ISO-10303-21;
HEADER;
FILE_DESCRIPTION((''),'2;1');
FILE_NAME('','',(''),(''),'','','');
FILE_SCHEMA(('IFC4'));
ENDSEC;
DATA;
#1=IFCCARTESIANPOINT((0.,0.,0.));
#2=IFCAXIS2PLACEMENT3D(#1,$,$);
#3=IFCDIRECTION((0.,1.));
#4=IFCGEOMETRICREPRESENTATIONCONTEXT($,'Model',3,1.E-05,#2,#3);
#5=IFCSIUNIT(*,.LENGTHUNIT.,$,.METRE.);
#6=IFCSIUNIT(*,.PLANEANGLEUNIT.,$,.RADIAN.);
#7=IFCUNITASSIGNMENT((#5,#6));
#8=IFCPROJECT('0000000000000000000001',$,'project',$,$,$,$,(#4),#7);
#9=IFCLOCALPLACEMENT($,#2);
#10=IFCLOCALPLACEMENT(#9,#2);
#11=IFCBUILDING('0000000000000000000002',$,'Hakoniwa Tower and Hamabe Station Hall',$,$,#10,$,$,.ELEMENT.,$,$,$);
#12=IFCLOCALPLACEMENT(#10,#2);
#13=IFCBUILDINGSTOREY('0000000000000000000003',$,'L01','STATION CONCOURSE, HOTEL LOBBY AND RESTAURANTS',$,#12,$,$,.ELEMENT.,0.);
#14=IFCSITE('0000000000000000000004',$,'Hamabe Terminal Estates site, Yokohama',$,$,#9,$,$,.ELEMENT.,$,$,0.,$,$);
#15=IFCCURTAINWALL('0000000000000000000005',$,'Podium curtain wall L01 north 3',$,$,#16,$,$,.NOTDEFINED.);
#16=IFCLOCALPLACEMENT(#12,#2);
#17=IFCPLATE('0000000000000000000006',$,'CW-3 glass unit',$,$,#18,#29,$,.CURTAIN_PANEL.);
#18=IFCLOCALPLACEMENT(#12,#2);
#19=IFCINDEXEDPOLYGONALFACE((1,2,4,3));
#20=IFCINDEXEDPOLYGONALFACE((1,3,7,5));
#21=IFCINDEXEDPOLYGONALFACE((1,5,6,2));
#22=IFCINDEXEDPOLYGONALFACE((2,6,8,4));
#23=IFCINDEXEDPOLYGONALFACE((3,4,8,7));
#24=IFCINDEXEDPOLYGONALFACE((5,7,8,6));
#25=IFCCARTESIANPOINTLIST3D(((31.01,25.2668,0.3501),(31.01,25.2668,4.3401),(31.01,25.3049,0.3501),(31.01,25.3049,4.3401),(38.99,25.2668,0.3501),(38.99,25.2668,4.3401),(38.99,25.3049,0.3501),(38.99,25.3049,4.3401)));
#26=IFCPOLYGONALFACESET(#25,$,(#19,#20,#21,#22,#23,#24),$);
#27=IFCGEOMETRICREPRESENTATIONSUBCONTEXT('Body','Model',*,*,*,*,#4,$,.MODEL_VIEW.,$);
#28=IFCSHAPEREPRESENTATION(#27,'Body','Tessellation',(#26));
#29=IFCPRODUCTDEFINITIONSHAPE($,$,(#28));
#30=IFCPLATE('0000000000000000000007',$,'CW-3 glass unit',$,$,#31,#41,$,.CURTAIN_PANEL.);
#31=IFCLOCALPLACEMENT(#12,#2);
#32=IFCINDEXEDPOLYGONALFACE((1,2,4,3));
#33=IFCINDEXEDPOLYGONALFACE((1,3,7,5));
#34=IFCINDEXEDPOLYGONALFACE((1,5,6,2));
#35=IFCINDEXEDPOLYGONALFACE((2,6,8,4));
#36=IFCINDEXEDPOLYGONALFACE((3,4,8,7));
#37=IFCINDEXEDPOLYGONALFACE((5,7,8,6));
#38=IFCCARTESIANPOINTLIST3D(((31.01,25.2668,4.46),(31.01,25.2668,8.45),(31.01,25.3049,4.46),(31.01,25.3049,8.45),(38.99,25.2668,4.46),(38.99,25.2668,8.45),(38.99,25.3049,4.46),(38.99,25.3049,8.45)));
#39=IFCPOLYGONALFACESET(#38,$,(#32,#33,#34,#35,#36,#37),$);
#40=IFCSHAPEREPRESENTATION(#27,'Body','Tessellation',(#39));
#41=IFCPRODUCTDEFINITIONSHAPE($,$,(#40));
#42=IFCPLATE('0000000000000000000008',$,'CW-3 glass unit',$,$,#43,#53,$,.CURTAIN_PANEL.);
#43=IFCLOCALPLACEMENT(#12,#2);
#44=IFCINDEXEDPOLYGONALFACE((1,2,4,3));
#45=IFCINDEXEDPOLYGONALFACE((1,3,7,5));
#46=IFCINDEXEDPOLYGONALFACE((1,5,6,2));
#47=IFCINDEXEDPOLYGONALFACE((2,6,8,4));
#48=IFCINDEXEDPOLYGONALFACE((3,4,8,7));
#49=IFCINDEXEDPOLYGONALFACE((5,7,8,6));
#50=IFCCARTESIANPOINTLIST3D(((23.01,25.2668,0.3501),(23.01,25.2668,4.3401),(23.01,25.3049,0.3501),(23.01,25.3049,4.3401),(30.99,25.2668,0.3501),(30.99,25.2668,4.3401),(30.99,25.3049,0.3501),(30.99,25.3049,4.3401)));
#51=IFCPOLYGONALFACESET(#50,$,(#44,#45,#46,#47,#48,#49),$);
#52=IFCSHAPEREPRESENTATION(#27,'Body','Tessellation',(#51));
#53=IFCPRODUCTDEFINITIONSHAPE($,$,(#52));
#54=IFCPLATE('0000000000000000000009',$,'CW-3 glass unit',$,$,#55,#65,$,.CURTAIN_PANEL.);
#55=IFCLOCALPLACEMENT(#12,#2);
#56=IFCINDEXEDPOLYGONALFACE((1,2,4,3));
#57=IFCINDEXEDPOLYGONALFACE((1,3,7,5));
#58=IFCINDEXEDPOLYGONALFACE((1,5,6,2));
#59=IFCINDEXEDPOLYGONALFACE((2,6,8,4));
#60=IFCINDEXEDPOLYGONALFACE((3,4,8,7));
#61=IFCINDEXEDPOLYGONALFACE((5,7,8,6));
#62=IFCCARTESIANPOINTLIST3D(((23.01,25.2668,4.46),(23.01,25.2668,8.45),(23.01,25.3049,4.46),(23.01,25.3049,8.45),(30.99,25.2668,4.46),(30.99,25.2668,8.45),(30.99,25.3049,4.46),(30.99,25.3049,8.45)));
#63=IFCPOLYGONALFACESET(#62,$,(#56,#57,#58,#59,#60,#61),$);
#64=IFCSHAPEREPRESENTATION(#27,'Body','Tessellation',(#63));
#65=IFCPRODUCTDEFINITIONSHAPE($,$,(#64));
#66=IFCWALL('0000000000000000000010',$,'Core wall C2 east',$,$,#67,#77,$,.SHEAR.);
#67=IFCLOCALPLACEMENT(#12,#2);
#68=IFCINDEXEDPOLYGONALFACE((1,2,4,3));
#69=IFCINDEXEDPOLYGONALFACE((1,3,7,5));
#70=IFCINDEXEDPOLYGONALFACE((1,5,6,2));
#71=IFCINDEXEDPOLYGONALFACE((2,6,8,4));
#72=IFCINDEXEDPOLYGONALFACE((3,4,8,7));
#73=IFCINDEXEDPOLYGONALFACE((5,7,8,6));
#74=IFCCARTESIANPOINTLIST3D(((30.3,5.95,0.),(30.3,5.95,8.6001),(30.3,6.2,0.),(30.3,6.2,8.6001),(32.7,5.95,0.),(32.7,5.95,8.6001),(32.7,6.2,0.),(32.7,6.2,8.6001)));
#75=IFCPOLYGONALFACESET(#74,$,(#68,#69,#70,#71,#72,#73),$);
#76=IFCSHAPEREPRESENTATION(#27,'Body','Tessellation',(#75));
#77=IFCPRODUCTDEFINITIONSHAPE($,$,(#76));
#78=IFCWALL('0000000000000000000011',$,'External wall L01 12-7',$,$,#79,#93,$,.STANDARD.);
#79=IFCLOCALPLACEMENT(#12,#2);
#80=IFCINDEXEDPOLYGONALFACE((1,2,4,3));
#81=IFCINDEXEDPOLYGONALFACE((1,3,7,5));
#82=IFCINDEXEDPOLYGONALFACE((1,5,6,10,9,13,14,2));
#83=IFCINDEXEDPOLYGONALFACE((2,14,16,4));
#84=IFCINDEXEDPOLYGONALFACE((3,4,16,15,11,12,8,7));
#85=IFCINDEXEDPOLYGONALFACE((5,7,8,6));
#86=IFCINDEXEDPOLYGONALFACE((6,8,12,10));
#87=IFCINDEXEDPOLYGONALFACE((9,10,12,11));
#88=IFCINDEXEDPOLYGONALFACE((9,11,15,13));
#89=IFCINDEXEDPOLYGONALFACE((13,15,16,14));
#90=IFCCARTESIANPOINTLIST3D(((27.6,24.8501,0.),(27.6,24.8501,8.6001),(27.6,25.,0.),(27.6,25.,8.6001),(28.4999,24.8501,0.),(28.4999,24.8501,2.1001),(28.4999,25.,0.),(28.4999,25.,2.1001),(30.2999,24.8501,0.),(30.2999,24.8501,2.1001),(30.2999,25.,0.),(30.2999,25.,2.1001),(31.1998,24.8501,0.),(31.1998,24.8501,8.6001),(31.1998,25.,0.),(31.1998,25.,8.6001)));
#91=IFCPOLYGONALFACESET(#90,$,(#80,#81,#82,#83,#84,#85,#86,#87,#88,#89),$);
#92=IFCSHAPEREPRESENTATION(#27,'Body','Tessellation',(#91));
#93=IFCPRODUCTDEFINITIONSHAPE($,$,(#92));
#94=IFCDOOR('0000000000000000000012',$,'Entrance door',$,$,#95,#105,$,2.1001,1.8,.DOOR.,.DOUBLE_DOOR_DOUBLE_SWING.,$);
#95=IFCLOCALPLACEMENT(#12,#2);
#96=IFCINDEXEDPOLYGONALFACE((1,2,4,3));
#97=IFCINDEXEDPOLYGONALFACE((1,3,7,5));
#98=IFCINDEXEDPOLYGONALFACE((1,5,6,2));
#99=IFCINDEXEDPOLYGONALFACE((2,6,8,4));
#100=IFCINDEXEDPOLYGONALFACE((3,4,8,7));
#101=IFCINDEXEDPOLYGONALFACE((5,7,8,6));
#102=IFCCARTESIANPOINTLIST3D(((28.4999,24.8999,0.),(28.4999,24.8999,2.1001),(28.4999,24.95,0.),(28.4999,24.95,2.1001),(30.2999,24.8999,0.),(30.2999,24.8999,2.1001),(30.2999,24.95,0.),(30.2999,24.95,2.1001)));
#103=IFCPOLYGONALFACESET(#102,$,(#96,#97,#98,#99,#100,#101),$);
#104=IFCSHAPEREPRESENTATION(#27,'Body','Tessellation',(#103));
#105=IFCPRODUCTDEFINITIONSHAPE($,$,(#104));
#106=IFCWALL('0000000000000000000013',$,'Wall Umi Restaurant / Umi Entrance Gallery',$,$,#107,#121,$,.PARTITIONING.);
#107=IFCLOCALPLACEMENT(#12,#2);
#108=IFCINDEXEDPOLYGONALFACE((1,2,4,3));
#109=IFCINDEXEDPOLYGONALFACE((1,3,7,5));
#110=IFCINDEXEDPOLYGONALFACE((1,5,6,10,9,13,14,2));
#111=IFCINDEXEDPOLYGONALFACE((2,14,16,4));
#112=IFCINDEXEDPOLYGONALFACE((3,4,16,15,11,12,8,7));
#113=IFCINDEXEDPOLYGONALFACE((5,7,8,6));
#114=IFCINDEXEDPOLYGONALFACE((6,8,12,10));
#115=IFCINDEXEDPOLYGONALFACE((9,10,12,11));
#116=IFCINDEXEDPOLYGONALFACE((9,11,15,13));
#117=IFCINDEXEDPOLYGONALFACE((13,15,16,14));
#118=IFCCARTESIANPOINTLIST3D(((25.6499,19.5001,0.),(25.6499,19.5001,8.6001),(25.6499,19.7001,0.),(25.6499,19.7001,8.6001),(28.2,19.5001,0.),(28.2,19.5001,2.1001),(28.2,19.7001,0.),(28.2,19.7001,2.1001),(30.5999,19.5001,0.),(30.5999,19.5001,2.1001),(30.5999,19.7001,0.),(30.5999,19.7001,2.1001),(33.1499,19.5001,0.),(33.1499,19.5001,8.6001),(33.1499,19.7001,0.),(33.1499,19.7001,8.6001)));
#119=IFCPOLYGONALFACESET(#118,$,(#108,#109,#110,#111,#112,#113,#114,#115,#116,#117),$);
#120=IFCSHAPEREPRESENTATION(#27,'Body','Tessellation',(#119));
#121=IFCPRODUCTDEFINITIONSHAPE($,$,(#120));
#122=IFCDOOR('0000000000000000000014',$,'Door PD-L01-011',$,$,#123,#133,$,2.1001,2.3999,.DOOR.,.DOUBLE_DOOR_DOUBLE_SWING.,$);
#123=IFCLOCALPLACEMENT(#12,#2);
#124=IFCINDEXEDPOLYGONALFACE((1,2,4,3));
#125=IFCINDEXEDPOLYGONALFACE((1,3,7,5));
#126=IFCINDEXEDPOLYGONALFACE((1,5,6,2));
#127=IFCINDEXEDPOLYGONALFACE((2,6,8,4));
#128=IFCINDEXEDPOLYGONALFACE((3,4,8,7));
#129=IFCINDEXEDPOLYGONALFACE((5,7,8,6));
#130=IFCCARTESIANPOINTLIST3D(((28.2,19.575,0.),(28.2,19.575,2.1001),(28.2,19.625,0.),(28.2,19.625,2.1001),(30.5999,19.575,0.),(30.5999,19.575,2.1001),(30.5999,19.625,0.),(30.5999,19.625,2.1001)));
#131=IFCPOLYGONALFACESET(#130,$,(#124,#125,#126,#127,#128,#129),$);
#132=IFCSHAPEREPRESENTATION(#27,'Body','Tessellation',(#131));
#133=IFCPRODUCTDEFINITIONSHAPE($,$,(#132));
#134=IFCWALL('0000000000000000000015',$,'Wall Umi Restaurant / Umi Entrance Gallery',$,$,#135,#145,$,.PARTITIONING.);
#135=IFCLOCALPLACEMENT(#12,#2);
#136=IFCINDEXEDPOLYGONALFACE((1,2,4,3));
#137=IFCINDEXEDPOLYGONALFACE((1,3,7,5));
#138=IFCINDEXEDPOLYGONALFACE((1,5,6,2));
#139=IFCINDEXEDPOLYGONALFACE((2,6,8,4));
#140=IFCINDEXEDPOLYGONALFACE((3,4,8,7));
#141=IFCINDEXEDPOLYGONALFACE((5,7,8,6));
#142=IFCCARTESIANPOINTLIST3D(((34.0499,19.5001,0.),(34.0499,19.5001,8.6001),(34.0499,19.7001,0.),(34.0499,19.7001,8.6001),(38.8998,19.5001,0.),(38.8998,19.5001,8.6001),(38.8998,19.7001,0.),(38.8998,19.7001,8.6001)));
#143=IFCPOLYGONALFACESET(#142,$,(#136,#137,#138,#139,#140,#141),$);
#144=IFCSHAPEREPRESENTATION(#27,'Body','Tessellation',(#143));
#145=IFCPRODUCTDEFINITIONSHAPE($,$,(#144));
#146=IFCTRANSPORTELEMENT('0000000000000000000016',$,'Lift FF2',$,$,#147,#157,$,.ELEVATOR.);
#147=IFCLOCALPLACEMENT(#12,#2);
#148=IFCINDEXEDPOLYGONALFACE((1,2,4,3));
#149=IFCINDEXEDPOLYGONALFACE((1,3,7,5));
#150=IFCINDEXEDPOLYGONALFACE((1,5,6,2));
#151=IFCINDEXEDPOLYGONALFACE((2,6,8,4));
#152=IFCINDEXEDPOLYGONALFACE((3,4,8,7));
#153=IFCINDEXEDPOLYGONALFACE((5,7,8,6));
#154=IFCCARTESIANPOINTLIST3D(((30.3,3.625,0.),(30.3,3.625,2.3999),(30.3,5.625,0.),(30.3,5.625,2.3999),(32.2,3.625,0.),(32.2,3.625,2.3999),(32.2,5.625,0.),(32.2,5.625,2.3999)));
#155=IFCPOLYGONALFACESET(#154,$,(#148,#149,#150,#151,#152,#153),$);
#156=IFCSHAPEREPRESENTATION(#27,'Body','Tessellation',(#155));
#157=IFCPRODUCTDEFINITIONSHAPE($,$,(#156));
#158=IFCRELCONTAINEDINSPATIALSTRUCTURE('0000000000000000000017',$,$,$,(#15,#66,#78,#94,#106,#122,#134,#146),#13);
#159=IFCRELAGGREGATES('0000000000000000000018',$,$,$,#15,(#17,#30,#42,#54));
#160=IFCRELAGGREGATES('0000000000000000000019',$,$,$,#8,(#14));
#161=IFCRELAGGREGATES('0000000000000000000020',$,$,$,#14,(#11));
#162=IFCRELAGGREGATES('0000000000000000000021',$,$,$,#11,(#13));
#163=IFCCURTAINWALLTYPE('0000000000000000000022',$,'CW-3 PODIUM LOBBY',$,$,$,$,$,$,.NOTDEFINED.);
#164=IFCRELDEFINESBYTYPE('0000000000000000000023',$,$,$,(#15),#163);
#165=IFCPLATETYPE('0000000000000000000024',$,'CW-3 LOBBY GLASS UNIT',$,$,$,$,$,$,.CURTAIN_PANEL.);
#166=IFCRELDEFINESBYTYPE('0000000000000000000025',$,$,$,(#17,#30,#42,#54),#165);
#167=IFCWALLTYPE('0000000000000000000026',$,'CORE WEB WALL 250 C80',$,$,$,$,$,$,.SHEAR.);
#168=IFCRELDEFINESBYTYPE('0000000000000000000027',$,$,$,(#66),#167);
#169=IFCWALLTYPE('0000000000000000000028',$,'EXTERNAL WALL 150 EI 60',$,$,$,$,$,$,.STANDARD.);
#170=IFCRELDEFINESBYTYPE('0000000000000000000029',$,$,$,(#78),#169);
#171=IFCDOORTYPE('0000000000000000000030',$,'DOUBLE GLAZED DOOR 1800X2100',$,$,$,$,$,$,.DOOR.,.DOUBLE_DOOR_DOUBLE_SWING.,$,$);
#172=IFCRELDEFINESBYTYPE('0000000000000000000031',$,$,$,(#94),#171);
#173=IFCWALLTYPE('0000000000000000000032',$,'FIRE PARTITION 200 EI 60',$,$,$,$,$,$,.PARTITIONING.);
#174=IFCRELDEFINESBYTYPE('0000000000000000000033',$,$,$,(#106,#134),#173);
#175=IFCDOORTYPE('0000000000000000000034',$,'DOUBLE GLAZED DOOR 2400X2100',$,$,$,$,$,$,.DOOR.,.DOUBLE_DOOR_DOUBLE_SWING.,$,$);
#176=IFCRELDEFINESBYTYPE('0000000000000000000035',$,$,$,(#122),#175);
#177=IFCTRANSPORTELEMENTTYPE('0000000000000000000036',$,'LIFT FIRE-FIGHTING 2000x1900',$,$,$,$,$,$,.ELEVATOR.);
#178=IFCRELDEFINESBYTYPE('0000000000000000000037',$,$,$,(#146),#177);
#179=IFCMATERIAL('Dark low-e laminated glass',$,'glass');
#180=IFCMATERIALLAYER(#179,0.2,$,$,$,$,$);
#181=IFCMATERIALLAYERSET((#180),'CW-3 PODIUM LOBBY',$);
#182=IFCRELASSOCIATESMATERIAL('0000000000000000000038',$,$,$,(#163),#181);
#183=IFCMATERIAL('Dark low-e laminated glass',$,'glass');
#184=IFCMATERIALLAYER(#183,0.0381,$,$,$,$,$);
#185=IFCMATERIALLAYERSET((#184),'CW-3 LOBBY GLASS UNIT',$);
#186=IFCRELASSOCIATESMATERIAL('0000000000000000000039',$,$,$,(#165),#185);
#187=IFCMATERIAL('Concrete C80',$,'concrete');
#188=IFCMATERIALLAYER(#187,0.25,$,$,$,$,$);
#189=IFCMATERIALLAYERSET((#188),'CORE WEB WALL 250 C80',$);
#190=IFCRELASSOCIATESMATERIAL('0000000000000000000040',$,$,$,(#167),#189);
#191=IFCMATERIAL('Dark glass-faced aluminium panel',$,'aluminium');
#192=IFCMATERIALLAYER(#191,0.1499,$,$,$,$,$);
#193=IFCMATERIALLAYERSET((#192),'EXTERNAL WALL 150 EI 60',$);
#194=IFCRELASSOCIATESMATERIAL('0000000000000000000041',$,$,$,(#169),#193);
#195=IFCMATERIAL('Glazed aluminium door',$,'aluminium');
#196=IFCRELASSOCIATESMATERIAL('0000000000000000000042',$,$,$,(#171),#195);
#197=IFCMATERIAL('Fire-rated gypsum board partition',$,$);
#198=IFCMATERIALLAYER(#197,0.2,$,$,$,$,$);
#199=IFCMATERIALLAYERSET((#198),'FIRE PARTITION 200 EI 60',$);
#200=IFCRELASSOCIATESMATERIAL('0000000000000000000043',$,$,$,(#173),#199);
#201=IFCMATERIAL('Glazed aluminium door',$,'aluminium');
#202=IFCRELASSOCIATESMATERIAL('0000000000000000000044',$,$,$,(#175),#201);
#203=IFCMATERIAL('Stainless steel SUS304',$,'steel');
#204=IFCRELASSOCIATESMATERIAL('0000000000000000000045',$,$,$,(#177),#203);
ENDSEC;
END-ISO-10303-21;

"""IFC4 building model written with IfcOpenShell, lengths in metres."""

from ifc_helpers import new_model, si_unit, direction, frame, frame_2d, origin, origin_2d, place, context, subcontext, project, spatial, rectangle, extrude, material, layer, layer_set, type_object, element, fill, aggregate, save


model = new_model("IFC4")

# Units and contexts
model_context = context("Model", 3, precision=1e-05, world=origin(), true_north=direction((0.0, 1.0)))
body_context = subcontext(model_context, "Body", "Model", "MODEL_VIEW")
ifc_project = project(units=[si_unit("LENGTHUNIT", "METRE"), si_unit("PLANEANGLEUNIT", "RADIAN")], contexts=[model_context])

# Site, building, storey
site_placement = place(None, origin())
site = spatial("IfcSite", under=ifc_project, at=site_placement, Name="Hamabe Terminal Estates site, Yokohama", CompositionType="ELEMENT", RefElevation=0.0)
building_placement = place(site_placement, origin())
building = spatial("IfcBuilding", under=site, at=building_placement, Name="Hakoniwa Tower and Hamabe Station Hall", CompositionType="ELEMENT")
storey_placement = place(building_placement, origin())
storey = spatial("IfcBuildingStorey", under=building, at=storey_placement, Name="L01", Description="STATION CONCOURSE, HOTEL LOBBY AND RESTAURANTS", CompositionType="ELEMENT", Elevation=0.0)

# Curtain wall, plates
ifc_material_1 = material(Name="Dark low-e laminated glass", Category="glass")
ifc_layer_1 = layer(ifc_material_1, 0.2)
ifc_layer_set_1 = layer_set([ifc_layer_1], Name="CW-3 PODIUM LOBBY")
curtain_wall_type = type_object("IfcCurtainWallType", Name="CW-3 PODIUM LOBBY", PredefinedType="NOTDEFINED", material=ifc_layer_set_1)
curtain_wall_placement = place(storey_placement, origin())
curtain_wall = element("IfcCurtainWall", 1, at=curtain_wall_placement, inside=storey, type_object=curtain_wall_type, Name="Podium curtain wall L01 north 3", PredefinedType="NOTDEFINED")
ifc_material_2 = material(Name="Dark low-e laminated glass", Category="glass")
ifc_layer_2 = layer(ifc_material_2, 0.0381)
ifc_layer_set_2 = layer_set([ifc_layer_2], Name="CW-3 LOBBY GLASS UNIT")
plate_type = type_object("IfcPlateType", Name="CW-3 LOBBY GLASS UNIT", PredefinedType="CURTAIN_PANEL", material=ifc_layer_set_2)
plate_1_placement = place(storey_placement, frame((35.0, 25.2859, 0.3501), z_axis=(0.0, 0.0, 1.0), x_axis=(-1.0, 0.0, 0.0)))
plate_1 = element("IfcPlate", 2, at=plate_1_placement, type_object=plate_type, Name="CW-3 glass unit", PredefinedType="CURTAIN_PANEL", context=body_context, shape_type="SweptSolid", body=[
    extrude(rectangle(XDim=7.98, YDim=0.0381, at=origin_2d()), origin(), (0.0, 0.0, 1.0), 3.99),
])
plate_2_placement = place(storey_placement, frame((35.0, 25.2859, 4.46), z_axis=(0.0, 0.0, 1.0), x_axis=(-1.0, 0.0, 0.0)))
plate_2 = element("IfcPlate", 3, at=plate_2_placement, type_object=plate_type, Name="CW-3 glass unit", PredefinedType="CURTAIN_PANEL", context=body_context, shape_type="SweptSolid", body=[
    extrude(rectangle(XDim=7.98, YDim=0.0381, at=origin_2d()), origin(), (0.0, 0.0, 1.0), 3.99),
])
plate_3_placement = place(storey_placement, frame((27.0, 25.2859, 0.3501), z_axis=(0.0, 0.0, 1.0), x_axis=(-1.0, 0.0, 0.0)))
plate_3 = element("IfcPlate", 4, at=plate_3_placement, type_object=plate_type, Name="CW-3 glass unit", PredefinedType="CURTAIN_PANEL", context=body_context, shape_type="SweptSolid", body=[
    extrude(rectangle(XDim=7.98, YDim=0.0381, at=origin_2d()), origin(), (0.0, 0.0, 1.0), 3.99),
])
plate_4_placement = place(storey_placement, frame((27.0, 25.2859, 4.46), z_axis=(0.0, 0.0, 1.0), x_axis=(-1.0, 0.0, 0.0)))
plate_4 = element("IfcPlate", 5, at=plate_4_placement, type_object=plate_type, Name="CW-3 glass unit", PredefinedType="CURTAIN_PANEL", context=body_context, shape_type="SweptSolid", body=[
    extrude(rectangle(XDim=7.98, YDim=0.0381, at=origin_2d()), origin(), (0.0, 0.0, 1.0), 3.99),
])
aggregate(curtain_wall, [plate_1, plate_2, plate_3, plate_4])

# Wall
ifc_material_3 = material(Name="Concrete C80", Category="concrete")
ifc_layer_3 = layer(ifc_material_3, 0.25)
ifc_layer_set_3 = layer_set([ifc_layer_3], Name="CORE WEB WALL 250 C80")
wall_type_1 = type_object("IfcWallType", Name="CORE WEB WALL 250 C80", PredefinedType="SHEAR", material=ifc_layer_set_3)
wall_1_placement = place(storey_placement, frame((30.3, 6.075, 0.0), z_axis=(0.0, 0.0, 1.0), x_axis=(1.0, 0.0, 0.0)))
element("IfcWall", 6, at=wall_1_placement, inside=storey, type_object=wall_type_1, Name="Core wall C2 east", PredefinedType="SHEAR", context=body_context, shape_type="SweptSolid", body=[
    extrude(rectangle(XDim=2.3999, YDim=0.25, at=frame_2d((1.2, 0.0))), origin(), (0.0, 0.0, 1.0), 8.6001),
])

# Walls, openings, doors
ifc_material_4 = material(Name="Dark glass-faced aluminium panel", Category="aluminium")
ifc_layer_4 = layer(ifc_material_4, 0.1499)
ifc_layer_set_4 = layer_set([ifc_layer_4], Name="EXTERNAL WALL 150 EI 60")
wall_type_2 = type_object("IfcWallType", Name="EXTERNAL WALL 150 EI 60", PredefinedType="STANDARD", material=ifc_layer_set_4)
wall_2_placement = place(storey_placement, frame((27.6001, 24.925, 0.0), z_axis=(0.0, 0.0, 1.0), x_axis=(1.0, 0.0, 0.0)))
wall_2 = element("IfcWall", 7, at=wall_2_placement, inside=storey, type_object=wall_type_2, Name="External wall L01 12-7", PredefinedType="STANDARD", context=body_context, shape_type="SweptSolid", body=[
    extrude(rectangle(XDim=3.5999, YDim=0.1499, at=frame_2d((1.7998, 0.0))), origin(), (0.0, 0.0, 1.0), 8.6001),
])
opening_1_placement = place(wall_2_placement, frame((0.8999, 0.0, 0.0)))
opening_1 = element("IfcOpeningElement", 8, at=opening_1_placement, cuts=wall_2, PredefinedType="OPENING", context=body_context, shape_type="SweptSolid", body=[
    extrude(rectangle(XDim=1.8, YDim=2.1001, at=frame_2d((0.8999, 1.05))), frame((0.0, 0.085, 0.0), z_axis=(0.0, -1.0, 0.0), x_axis=(1.0, 0.0, 0.0)), (0.0, 0.0, 1.0), 0.1699),
])
ifc_material_5 = material(Name="Glazed aluminium door", Category="aluminium")
door_type_1 = type_object("IfcDoorType", Name="DOUBLE GLAZED DOOR 1800X2100", OperationType="DOUBLE_DOOR_DOUBLE_SWING", PredefinedType="DOOR", material=ifc_material_5)
door_1_placement = place(opening_1_placement, origin())
door_1 = element("IfcDoor", 9, at=door_1_placement, inside=storey, type_object=door_type_1, Name="Entrance door", OperationType="DOUBLE_DOOR_DOUBLE_SWING", OverallHeight=2.1001, OverallWidth=1.8, PredefinedType="DOOR", context=body_context, shape_type="SweptSolid", body=[
    extrude(rectangle(XDim=1.8, YDim=2.1001, at=frame_2d((0.8999, 1.05))), frame((0.0, 0.0249, 0.0), z_axis=(0.0, -1.0, 0.0), x_axis=(1.0, 0.0, 0.0)), (0.0, 0.0, 1.0), 0.05),
])
fill(opening_1, door_1)
ifc_material_6 = material(Name="Fire-rated gypsum board partition")
ifc_layer_5 = layer(ifc_material_6, 0.2)
ifc_layer_set_5 = layer_set([ifc_layer_5], Name="FIRE PARTITION 200 EI 60")
wall_type_3 = type_object("IfcWallType", Name="FIRE PARTITION 200 EI 60", PredefinedType="PARTITIONING", material=ifc_layer_set_5)
wall_3_placement = place(storey_placement, frame((25.6499, 19.6001, 0.0), z_axis=(0.0, 0.0, 1.0), x_axis=(1.0, 0.0, 0.0)))
wall_3 = element("IfcWall", 10, at=wall_3_placement, inside=storey, type_object=wall_type_3, Name="Wall Umi Restaurant / Umi Entrance Gallery", PredefinedType="PARTITIONING", context=body_context, shape_type="SweptSolid", body=[
    extrude(rectangle(XDim=7.5, YDim=0.2, at=frame_2d((3.75, 0.0))), origin(), (0.0, 0.0, 1.0), 8.6001),
])
opening_2_placement = place(wall_3_placement, frame((2.55, 0.0, 0.0)))
opening_2 = element("IfcOpeningElement", 11, at=opening_2_placement, cuts=wall_3, PredefinedType="OPENING", context=body_context, shape_type="SweptSolid", body=[
    extrude(rectangle(XDim=2.3999, YDim=2.1001, at=frame_2d((1.2, 1.05))), frame((0.0, 0.1099, 0.0), z_axis=(0.0, -1.0, 0.0), x_axis=(1.0, 0.0, 0.0)), (0.0, 0.0, 1.0), 0.22),
])
ifc_material_7 = material(Name="Glazed aluminium door", Category="aluminium")
door_type_2 = type_object("IfcDoorType", Name="DOUBLE GLAZED DOOR 2400X2100", OperationType="DOUBLE_DOOR_DOUBLE_SWING", PredefinedType="DOOR", material=ifc_material_7)
door_2_placement = place(opening_2_placement, origin())
door_2 = element("IfcDoor", 12, at=door_2_placement, inside=storey, type_object=door_type_2, Name="Door PD-L01-011", OperationType="DOUBLE_DOOR_DOUBLE_SWING", OverallHeight=2.1001, OverallWidth=2.3999, PredefinedType="DOOR", context=body_context, shape_type="SweptSolid", body=[
    extrude(rectangle(XDim=2.3999, YDim=2.1001, at=frame_2d((1.2, 1.05))), frame((0.0, 0.0249, 0.0), z_axis=(0.0, -1.0, 0.0), x_axis=(1.0, 0.0, 0.0)), (0.0, 0.0, 1.0), 0.05),
])
fill(opening_2, door_2)

# Wall
wall_4_placement = place(storey_placement, frame((34.05, 19.6001, 0.0), z_axis=(0.0, 0.0, 1.0), x_axis=(1.0, 0.0, 0.0)))
element("IfcWall", 13, at=wall_4_placement, inside=storey, type_object=wall_type_3, Name="Wall Umi Restaurant / Umi Entrance Gallery", PredefinedType="PARTITIONING", context=body_context, shape_type="SweptSolid", body=[
    extrude(rectangle(XDim=4.8499, YDim=0.2, at=frame_2d((2.4248, 0.0))), origin(), (0.0, 0.0, 1.0), 8.6001),
])

# Transport element
ifc_material_8 = material(Name="Stainless steel SUS304", Category="steel")
transport_element_type = type_object("IfcTransportElementType", Name="LIFT FIRE-FIGHTING 2000x1900", PredefinedType="ELEVATOR", material=ifc_material_8)
transport_element_placement = place(storey_placement, frame((31.25, 4.625, 0.0), z_axis=(0.0, 0.0, 1.0), x_axis=(1.0, 0.0, 0.0)))
element("IfcTransportElement", 14, at=transport_element_placement, inside=storey, type_object=transport_element_type, Name="Lift FF2", PredefinedType="ELEVATOR", context=body_context, shape_type="SweptSolid", body=[
    extrude(rectangle(XDim=1.8999, YDim=2.0, at=origin_2d()), origin(), (0.0, 0.0, 1.0), 2.3999),
])

save(model, "model.ifc")
